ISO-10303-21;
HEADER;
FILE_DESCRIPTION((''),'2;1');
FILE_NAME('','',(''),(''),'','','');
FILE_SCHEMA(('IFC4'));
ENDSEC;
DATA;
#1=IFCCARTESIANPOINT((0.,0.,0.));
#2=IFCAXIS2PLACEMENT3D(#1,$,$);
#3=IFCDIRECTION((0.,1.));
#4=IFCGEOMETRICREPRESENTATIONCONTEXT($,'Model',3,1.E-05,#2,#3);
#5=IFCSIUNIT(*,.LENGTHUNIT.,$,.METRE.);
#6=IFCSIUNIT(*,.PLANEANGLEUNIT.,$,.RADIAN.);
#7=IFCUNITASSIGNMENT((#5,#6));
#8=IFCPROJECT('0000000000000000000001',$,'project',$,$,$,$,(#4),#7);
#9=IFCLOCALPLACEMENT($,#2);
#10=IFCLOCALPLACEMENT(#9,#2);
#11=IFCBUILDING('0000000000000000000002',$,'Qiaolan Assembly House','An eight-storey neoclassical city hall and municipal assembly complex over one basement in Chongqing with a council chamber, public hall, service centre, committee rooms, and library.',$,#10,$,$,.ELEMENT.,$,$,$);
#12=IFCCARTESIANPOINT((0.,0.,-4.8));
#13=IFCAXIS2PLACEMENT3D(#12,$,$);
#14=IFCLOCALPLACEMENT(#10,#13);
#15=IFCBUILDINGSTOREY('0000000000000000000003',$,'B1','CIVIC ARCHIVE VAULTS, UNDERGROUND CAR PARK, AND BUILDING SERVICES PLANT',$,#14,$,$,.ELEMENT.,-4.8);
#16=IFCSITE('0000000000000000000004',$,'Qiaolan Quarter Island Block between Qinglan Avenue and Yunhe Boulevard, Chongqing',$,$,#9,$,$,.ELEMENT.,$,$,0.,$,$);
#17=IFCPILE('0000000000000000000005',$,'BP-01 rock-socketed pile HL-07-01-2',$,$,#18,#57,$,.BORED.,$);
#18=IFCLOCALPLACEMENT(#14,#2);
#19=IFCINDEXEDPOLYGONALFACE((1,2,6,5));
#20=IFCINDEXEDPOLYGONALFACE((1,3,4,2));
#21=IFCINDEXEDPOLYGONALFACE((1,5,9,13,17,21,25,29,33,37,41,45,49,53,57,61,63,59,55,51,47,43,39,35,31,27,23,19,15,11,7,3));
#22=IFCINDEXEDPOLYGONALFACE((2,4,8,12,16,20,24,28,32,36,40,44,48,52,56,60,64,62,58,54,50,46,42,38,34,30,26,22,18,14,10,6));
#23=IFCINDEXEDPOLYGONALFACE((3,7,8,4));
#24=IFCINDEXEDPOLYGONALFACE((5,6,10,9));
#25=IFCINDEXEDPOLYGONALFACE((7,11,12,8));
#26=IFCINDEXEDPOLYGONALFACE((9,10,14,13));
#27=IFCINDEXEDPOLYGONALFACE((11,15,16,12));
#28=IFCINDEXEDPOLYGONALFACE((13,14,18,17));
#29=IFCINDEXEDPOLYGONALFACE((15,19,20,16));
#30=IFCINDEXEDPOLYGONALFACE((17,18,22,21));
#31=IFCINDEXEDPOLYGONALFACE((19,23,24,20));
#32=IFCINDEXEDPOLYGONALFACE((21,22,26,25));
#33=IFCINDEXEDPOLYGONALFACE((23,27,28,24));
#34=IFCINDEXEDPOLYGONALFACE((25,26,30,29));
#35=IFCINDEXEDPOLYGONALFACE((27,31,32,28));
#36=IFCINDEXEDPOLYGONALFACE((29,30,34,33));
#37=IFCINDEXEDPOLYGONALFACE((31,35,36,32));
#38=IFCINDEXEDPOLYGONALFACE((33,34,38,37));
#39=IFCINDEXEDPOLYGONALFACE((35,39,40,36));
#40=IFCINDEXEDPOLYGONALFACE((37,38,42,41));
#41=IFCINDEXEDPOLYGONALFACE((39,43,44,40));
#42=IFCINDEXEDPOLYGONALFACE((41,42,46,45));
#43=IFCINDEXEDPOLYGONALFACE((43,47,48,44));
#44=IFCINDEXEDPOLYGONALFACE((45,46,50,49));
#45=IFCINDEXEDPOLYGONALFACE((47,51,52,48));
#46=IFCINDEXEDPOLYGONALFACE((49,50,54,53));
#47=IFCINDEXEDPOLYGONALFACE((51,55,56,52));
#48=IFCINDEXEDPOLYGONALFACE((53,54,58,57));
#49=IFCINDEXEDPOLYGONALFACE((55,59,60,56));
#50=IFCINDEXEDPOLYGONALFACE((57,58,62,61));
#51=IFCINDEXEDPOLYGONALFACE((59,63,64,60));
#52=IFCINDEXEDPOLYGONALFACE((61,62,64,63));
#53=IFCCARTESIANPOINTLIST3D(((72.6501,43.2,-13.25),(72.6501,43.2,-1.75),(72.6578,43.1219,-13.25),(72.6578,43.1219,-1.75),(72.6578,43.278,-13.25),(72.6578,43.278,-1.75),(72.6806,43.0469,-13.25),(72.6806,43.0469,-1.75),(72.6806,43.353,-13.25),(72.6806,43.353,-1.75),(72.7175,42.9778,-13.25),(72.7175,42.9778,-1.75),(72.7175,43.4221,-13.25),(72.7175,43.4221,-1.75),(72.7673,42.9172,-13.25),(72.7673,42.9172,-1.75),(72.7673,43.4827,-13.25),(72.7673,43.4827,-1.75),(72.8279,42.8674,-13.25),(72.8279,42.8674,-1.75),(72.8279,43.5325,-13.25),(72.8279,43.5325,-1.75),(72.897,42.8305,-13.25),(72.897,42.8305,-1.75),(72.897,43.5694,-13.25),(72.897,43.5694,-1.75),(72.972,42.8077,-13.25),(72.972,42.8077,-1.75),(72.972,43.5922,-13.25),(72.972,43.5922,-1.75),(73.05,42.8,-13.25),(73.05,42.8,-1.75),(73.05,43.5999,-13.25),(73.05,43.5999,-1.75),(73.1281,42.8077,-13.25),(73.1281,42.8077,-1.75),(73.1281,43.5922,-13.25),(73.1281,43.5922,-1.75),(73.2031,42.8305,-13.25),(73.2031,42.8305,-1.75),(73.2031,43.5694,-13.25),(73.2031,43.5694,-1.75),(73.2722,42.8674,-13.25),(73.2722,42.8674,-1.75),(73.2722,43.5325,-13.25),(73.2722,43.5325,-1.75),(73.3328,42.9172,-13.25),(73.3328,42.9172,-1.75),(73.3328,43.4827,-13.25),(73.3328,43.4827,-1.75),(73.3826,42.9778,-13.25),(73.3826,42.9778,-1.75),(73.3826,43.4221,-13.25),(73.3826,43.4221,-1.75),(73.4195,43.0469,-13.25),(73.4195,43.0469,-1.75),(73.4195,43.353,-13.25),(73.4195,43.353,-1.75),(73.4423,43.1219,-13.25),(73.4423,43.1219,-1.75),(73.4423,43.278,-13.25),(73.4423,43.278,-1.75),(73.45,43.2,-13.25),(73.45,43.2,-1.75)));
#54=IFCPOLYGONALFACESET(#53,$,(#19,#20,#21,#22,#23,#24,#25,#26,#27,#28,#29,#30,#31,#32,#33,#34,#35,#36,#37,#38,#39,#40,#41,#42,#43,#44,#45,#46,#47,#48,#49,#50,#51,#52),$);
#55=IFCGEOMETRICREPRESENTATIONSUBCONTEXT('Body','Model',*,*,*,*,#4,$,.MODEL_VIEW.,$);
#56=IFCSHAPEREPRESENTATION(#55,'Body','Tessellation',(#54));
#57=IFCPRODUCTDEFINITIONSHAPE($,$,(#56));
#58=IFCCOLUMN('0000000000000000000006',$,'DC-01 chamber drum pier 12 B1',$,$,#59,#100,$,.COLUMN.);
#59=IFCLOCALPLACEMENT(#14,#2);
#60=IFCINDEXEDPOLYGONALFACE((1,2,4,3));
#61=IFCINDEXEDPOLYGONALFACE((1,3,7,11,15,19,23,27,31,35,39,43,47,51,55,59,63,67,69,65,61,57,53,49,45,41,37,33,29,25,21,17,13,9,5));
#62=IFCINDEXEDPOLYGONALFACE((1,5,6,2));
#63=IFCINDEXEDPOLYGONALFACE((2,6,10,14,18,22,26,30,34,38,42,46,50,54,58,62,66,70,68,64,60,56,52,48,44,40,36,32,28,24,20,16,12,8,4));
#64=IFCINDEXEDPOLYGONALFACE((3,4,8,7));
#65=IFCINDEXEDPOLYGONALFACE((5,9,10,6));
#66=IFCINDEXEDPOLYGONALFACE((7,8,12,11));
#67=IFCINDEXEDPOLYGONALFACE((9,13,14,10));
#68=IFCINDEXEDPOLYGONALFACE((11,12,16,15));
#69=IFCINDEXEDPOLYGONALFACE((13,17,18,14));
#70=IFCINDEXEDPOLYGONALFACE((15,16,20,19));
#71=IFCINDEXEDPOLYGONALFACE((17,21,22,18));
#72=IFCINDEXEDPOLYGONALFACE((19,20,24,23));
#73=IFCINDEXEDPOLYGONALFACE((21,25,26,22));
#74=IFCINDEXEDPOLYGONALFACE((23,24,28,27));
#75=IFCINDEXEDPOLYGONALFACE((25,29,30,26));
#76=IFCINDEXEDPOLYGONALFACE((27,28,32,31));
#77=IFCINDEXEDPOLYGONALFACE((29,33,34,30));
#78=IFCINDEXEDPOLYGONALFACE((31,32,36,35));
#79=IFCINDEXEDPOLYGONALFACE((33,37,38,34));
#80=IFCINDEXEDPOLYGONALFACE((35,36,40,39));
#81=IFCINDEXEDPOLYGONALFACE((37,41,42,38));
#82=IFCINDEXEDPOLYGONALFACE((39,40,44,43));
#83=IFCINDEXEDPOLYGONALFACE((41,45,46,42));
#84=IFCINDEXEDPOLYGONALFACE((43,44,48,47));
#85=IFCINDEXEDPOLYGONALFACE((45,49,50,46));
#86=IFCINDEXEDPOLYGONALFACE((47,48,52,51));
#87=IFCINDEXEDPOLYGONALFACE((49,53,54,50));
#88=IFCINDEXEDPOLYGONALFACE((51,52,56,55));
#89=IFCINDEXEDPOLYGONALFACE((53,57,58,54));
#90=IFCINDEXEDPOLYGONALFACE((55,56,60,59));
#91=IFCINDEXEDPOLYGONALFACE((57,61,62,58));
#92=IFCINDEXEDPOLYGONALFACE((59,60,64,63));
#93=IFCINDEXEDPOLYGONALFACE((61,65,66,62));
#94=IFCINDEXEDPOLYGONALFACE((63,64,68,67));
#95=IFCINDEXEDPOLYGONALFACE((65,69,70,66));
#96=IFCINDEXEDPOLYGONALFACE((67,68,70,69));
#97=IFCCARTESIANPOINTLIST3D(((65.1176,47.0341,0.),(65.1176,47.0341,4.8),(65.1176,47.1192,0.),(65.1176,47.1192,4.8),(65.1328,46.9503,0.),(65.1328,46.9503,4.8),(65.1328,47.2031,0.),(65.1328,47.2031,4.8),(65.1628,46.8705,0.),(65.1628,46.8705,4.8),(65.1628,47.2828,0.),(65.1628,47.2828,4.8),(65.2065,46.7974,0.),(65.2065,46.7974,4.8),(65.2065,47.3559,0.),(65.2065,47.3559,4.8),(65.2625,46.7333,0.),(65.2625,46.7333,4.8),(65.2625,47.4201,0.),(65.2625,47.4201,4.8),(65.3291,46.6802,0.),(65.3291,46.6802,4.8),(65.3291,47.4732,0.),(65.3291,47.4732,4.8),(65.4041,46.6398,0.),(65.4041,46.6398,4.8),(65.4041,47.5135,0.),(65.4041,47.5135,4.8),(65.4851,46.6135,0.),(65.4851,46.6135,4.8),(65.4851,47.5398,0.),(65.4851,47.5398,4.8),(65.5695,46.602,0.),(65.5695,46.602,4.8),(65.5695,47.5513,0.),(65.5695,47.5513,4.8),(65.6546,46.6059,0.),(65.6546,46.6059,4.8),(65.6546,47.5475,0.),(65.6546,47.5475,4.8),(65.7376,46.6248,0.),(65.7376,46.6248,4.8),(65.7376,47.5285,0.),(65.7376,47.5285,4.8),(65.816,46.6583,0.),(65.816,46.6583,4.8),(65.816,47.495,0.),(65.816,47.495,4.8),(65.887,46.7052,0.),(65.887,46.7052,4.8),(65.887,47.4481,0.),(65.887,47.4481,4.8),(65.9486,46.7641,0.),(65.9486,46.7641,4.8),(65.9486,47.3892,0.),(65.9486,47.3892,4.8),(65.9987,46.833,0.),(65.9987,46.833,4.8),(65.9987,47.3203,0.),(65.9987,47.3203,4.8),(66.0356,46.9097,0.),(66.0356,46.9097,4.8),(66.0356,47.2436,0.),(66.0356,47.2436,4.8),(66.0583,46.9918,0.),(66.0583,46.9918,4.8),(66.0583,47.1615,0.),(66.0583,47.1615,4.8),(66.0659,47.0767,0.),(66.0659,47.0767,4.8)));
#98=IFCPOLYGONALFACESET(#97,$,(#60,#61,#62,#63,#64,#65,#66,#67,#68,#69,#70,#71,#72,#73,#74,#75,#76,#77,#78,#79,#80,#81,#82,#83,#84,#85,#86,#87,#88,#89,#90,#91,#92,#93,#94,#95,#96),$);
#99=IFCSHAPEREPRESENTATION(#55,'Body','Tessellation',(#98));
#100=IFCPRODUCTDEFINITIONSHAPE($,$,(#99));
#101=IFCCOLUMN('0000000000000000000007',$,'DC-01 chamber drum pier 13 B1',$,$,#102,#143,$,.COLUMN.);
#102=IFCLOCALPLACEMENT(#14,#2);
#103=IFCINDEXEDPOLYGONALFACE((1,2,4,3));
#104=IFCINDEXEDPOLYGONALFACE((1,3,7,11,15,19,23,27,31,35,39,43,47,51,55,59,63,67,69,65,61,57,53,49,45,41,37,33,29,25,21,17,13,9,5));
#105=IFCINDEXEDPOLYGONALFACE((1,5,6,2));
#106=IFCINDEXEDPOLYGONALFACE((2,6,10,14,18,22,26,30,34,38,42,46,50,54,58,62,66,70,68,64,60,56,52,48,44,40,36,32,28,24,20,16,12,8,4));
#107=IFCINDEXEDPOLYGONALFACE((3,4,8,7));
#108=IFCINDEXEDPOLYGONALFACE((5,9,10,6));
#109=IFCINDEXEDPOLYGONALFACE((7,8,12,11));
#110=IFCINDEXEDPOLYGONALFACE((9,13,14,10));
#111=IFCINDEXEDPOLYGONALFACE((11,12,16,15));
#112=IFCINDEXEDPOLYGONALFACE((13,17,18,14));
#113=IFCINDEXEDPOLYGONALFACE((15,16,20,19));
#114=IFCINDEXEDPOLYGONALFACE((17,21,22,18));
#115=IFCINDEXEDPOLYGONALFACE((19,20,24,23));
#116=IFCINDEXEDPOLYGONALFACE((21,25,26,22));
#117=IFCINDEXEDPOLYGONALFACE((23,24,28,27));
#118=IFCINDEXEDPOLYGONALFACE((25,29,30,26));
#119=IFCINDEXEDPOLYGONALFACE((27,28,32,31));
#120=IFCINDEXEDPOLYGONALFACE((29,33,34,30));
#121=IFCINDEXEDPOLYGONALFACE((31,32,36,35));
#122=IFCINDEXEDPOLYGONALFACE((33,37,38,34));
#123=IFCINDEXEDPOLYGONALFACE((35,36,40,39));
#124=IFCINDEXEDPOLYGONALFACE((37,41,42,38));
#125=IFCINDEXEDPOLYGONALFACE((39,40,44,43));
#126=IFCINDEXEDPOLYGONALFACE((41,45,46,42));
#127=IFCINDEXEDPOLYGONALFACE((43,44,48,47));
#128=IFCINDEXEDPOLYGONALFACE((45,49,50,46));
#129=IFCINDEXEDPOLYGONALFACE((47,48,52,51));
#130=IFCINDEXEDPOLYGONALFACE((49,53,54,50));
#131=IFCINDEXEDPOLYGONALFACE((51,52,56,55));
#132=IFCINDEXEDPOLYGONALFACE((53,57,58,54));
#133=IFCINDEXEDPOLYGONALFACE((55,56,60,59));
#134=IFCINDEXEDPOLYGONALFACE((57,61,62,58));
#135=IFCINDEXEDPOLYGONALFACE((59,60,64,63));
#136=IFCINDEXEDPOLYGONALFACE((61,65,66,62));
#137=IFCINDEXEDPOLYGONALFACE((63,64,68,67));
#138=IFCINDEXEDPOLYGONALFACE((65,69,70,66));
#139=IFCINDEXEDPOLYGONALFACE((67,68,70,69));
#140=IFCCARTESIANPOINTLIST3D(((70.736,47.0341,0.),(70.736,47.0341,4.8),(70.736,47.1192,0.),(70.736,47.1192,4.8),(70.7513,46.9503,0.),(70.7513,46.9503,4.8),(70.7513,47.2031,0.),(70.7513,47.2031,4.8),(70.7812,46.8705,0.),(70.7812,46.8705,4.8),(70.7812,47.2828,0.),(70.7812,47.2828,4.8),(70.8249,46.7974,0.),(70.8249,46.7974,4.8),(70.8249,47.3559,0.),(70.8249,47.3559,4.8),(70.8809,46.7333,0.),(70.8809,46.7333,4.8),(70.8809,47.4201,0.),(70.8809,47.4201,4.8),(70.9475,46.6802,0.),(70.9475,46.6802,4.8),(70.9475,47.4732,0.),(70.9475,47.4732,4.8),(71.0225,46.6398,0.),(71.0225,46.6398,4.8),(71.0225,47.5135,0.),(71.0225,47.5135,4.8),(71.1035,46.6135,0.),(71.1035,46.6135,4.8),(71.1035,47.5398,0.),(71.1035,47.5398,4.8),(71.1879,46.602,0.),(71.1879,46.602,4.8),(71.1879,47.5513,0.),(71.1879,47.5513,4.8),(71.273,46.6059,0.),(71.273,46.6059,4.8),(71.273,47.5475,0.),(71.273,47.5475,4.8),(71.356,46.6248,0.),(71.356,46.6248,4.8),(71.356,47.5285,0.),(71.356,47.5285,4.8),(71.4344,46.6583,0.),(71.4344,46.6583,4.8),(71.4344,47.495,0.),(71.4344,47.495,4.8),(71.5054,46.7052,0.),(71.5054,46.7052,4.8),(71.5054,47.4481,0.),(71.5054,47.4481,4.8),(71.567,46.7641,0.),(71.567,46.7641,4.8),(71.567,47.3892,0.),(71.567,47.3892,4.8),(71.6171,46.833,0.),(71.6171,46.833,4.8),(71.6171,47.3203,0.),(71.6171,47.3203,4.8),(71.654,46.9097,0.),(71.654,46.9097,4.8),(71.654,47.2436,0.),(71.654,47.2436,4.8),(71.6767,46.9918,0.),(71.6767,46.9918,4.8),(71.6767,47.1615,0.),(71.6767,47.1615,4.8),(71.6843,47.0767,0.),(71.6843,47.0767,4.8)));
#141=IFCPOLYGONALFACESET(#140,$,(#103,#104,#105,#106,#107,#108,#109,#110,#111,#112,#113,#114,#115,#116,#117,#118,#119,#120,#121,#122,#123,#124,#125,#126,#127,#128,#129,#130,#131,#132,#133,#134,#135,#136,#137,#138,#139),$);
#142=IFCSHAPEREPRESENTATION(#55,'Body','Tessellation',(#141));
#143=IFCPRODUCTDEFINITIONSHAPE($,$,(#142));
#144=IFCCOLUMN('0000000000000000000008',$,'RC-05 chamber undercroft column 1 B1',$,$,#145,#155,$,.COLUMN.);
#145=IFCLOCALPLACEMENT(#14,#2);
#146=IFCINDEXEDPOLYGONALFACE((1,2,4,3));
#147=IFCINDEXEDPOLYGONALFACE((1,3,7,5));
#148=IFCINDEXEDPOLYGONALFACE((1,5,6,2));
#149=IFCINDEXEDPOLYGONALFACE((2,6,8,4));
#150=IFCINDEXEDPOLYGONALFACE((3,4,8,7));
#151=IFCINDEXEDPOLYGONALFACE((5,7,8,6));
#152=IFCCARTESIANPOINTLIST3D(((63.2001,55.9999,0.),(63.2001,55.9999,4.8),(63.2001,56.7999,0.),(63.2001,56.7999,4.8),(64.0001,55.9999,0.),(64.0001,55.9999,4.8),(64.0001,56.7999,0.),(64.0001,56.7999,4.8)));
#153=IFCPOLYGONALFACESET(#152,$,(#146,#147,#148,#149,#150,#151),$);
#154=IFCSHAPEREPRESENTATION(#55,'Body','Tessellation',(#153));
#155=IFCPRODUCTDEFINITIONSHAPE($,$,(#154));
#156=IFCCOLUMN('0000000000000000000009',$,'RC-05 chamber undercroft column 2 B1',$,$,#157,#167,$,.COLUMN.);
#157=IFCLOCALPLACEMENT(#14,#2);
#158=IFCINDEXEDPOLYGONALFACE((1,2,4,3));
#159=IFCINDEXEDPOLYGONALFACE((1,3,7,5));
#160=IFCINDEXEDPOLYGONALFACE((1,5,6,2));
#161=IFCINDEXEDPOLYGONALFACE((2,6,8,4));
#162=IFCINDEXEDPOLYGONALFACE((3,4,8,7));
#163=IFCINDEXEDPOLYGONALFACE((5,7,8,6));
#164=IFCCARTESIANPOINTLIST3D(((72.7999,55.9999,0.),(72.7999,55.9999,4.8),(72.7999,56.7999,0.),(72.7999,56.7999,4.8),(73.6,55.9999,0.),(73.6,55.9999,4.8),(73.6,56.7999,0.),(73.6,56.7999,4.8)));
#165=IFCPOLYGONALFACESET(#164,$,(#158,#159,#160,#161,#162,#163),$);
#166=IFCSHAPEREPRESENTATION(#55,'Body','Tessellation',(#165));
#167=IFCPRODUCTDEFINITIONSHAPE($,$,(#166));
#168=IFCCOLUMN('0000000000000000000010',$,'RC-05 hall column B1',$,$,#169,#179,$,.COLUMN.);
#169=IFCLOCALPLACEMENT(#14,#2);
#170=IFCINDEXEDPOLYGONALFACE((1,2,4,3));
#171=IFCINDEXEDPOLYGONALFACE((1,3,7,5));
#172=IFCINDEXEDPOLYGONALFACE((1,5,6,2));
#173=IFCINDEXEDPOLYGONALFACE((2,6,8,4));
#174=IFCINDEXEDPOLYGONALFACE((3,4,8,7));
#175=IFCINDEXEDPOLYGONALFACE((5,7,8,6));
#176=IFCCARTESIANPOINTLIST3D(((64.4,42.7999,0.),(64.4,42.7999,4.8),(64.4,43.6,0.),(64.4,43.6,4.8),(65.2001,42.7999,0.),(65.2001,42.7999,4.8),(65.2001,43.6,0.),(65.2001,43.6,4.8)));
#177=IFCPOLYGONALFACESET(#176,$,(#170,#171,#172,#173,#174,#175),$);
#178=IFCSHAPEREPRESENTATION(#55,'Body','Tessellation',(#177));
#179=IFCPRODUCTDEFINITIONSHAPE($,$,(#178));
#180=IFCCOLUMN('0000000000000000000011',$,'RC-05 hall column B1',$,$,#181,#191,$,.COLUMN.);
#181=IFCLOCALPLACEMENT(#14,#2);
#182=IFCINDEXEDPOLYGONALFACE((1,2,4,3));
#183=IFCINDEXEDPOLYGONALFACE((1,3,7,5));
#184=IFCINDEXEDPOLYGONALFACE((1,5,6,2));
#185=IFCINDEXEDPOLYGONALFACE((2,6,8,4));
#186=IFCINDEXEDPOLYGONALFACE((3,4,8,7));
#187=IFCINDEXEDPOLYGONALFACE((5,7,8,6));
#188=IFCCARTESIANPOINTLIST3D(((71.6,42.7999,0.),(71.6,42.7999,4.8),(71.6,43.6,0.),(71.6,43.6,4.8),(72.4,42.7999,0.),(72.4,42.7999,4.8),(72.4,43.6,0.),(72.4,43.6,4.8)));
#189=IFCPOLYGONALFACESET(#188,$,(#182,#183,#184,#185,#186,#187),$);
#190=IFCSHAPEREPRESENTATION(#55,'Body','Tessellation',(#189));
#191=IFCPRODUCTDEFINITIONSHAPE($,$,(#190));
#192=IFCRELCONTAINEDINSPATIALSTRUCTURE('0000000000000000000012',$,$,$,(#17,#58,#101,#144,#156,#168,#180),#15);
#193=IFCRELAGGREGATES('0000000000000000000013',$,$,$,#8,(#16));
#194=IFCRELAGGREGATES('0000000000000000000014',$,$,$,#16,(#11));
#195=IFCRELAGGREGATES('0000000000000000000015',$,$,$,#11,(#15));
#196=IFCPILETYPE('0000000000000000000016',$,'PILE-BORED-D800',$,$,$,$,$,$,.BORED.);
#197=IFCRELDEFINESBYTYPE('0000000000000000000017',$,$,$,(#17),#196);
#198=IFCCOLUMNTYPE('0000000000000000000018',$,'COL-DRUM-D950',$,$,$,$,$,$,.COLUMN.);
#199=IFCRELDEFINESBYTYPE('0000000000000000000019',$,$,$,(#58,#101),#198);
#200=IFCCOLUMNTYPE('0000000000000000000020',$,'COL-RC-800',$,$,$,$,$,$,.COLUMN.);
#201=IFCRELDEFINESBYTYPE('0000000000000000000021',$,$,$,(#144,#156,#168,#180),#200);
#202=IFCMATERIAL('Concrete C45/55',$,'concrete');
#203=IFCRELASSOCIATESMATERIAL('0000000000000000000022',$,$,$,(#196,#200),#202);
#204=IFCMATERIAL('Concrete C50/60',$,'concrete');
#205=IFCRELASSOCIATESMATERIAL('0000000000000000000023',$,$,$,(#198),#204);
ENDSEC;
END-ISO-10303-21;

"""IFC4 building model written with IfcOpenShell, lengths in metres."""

from ifc_helpers import new_model, si_unit, direction, frame, origin, origin_2d, place, context, subcontext, project, spatial, rectangle, circle, extrude, material, material_profile, profile_set, type_object, element, save


model = new_model("IFC4")

# Units and contexts
model_context = context("Model", 3, precision=1e-05, world=origin(), true_north=direction((0.0, 1.0)))
body_context = subcontext(model_context, "Body", "Model", "MODEL_VIEW")
ifc_project = project(units=[si_unit("LENGTHUNIT", "METRE"), si_unit("PLANEANGLEUNIT", "RADIAN")], contexts=[model_context])

# Site, building, storey
site_placement = place(None, origin())
site = spatial("IfcSite", under=ifc_project, at=site_placement, Name="Qiaolan Quarter Island Block between Qinglan Avenue and Yunhe Boulevard, Chongqing", CompositionType="ELEMENT", RefElevation=0.0)
building_placement = place(site_placement, origin())
building = spatial("IfcBuilding", under=site, at=building_placement, Name="Qiaolan Assembly House", Description="An eight-storey neoclassical city hall and municipal assembly complex over one basement in Chongqing with a council chamber, public hall, service centre, committee rooms, and library.", CompositionType="ELEMENT")
storey_placement = place(building_placement, frame((0.0, 0.0, -4.8)))
storey = spatial("IfcBuildingStorey", under=building, at=storey_placement, Name="B1", Description="CIVIC ARCHIVE VAULTS, UNDERGROUND CAR PARK, AND BUILDING SERVICES PLANT", CompositionType="ELEMENT", Elevation=-4.8)

# Pile
ifc_material_1 = material(Name="Concrete C45/55", Category="concrete")
ifc_material_profile_1 = material_profile(ifc_material_1, circle(Radius=0.3999, at=origin_2d()), Name="PILE D800")
ifc_profile_set_1 = profile_set([ifc_material_profile_1], Name="Concrete C45/55")
pile_type_1 = type_object("IfcPileType", Name="PILE-BORED-D800", PredefinedType="BORED", material=ifc_profile_set_1)
for number, where, z_axis, x_axis, name in (
    (1, (73.05, 43.2, -1.75), (0.0, 0.0, -1.0), (1.0, 0.0, 0.0), "BP-01 rock-socketed pile HL-07-01-2"),
):
    element("IfcPile", number, at=place(storey_placement, frame(where, z_axis=z_axis, x_axis=x_axis)), inside=storey, type_object=pile_type_1, Name=name, PredefinedType="BORED", context=body_context, shape_type="SweptSolid", body=[
        extrude(circle(Radius=0.3999, at=origin_2d()), origin(), (0.0, 0.0, 1.0), 11.5),
    ])

# Columns
ifc_material_2 = material(Name="Concrete C50/60", Category="concrete")
ifc_material_profile_2 = material_profile(ifc_material_2, circle(Radius=0.4751, at=origin_2d()), Name="CIRC D950")
ifc_profile_set_2 = profile_set([ifc_material_profile_2], Name="Concrete C50/60")
column_type_1 = type_object("IfcColumnType", Name="COL-DRUM-D950", PredefinedType="COLUMN", material=ifc_profile_set_2)
for number, where, z_axis, x_axis, name in (
    (2, (65.5908, 47.0767, 0.0), (0.0, 0.0, 1.0), (1.0, 0.0, 0.0), "DC-01 chamber drum pier 12 B1"),
    (3, (71.2092, 47.0767, 0.0), (0.0, 0.0, 1.0), (1.0, 0.0, 0.0), "DC-01 chamber drum pier 13 B1"),
):
    element("IfcColumn", number, at=place(storey_placement, frame(where, z_axis=z_axis, x_axis=x_axis)), inside=storey, type_object=column_type_1, Name=name, PredefinedType="COLUMN", context=body_context, shape_type="SweptSolid", body=[
        extrude(circle(Radius=0.4751, at=origin_2d()), origin(), (0.0, 0.0, 1.0), 4.8),
    ])
ifc_material_profile_3 = material_profile(ifc_material_1, rectangle(XDim=0.8, YDim=0.8, at=origin_2d()), Name="RC 800x800")
ifc_profile_set_3 = profile_set([ifc_material_profile_3], Name="Concrete C45/55")
column_type_2 = type_object("IfcColumnType", Name="COL-RC-800", PredefinedType="COLUMN", material=ifc_profile_set_3)
for number, where, z_axis, x_axis, name in (
    (4, (63.6001, 56.3999, 0.0), (0.0, 0.0, 1.0), (1.0, 0.0, 0.0), "RC-05 chamber undercroft column 1 B1"),
    (5, (73.2, 56.3999, 0.0), (0.0, 0.0, 1.0), (1.0, 0.0, 0.0), "RC-05 chamber undercroft column 2 B1"),
    (6, (64.8, 43.2, 0.0), (0.0, 0.0, 1.0), (1.0, 0.0, 0.0), "RC-05 hall column B1"),
    (7, (72.0, 43.2, 0.0), (0.0, 0.0, 1.0), (1.0, 0.0, 0.0), "RC-05 hall column B1"),
):
    element("IfcColumn", number, at=place(storey_placement, frame(where, z_axis=z_axis, x_axis=x_axis)), inside=storey, type_object=column_type_2, Name=name, PredefinedType="COLUMN", context=body_context, shape_type="SweptSolid", body=[
        extrude(rectangle(XDim=0.8, YDim=0.8, at=origin_2d()), origin(), (0.0, 0.0, 1.0), 4.8),
    ])

save(model, "model.ifc")
